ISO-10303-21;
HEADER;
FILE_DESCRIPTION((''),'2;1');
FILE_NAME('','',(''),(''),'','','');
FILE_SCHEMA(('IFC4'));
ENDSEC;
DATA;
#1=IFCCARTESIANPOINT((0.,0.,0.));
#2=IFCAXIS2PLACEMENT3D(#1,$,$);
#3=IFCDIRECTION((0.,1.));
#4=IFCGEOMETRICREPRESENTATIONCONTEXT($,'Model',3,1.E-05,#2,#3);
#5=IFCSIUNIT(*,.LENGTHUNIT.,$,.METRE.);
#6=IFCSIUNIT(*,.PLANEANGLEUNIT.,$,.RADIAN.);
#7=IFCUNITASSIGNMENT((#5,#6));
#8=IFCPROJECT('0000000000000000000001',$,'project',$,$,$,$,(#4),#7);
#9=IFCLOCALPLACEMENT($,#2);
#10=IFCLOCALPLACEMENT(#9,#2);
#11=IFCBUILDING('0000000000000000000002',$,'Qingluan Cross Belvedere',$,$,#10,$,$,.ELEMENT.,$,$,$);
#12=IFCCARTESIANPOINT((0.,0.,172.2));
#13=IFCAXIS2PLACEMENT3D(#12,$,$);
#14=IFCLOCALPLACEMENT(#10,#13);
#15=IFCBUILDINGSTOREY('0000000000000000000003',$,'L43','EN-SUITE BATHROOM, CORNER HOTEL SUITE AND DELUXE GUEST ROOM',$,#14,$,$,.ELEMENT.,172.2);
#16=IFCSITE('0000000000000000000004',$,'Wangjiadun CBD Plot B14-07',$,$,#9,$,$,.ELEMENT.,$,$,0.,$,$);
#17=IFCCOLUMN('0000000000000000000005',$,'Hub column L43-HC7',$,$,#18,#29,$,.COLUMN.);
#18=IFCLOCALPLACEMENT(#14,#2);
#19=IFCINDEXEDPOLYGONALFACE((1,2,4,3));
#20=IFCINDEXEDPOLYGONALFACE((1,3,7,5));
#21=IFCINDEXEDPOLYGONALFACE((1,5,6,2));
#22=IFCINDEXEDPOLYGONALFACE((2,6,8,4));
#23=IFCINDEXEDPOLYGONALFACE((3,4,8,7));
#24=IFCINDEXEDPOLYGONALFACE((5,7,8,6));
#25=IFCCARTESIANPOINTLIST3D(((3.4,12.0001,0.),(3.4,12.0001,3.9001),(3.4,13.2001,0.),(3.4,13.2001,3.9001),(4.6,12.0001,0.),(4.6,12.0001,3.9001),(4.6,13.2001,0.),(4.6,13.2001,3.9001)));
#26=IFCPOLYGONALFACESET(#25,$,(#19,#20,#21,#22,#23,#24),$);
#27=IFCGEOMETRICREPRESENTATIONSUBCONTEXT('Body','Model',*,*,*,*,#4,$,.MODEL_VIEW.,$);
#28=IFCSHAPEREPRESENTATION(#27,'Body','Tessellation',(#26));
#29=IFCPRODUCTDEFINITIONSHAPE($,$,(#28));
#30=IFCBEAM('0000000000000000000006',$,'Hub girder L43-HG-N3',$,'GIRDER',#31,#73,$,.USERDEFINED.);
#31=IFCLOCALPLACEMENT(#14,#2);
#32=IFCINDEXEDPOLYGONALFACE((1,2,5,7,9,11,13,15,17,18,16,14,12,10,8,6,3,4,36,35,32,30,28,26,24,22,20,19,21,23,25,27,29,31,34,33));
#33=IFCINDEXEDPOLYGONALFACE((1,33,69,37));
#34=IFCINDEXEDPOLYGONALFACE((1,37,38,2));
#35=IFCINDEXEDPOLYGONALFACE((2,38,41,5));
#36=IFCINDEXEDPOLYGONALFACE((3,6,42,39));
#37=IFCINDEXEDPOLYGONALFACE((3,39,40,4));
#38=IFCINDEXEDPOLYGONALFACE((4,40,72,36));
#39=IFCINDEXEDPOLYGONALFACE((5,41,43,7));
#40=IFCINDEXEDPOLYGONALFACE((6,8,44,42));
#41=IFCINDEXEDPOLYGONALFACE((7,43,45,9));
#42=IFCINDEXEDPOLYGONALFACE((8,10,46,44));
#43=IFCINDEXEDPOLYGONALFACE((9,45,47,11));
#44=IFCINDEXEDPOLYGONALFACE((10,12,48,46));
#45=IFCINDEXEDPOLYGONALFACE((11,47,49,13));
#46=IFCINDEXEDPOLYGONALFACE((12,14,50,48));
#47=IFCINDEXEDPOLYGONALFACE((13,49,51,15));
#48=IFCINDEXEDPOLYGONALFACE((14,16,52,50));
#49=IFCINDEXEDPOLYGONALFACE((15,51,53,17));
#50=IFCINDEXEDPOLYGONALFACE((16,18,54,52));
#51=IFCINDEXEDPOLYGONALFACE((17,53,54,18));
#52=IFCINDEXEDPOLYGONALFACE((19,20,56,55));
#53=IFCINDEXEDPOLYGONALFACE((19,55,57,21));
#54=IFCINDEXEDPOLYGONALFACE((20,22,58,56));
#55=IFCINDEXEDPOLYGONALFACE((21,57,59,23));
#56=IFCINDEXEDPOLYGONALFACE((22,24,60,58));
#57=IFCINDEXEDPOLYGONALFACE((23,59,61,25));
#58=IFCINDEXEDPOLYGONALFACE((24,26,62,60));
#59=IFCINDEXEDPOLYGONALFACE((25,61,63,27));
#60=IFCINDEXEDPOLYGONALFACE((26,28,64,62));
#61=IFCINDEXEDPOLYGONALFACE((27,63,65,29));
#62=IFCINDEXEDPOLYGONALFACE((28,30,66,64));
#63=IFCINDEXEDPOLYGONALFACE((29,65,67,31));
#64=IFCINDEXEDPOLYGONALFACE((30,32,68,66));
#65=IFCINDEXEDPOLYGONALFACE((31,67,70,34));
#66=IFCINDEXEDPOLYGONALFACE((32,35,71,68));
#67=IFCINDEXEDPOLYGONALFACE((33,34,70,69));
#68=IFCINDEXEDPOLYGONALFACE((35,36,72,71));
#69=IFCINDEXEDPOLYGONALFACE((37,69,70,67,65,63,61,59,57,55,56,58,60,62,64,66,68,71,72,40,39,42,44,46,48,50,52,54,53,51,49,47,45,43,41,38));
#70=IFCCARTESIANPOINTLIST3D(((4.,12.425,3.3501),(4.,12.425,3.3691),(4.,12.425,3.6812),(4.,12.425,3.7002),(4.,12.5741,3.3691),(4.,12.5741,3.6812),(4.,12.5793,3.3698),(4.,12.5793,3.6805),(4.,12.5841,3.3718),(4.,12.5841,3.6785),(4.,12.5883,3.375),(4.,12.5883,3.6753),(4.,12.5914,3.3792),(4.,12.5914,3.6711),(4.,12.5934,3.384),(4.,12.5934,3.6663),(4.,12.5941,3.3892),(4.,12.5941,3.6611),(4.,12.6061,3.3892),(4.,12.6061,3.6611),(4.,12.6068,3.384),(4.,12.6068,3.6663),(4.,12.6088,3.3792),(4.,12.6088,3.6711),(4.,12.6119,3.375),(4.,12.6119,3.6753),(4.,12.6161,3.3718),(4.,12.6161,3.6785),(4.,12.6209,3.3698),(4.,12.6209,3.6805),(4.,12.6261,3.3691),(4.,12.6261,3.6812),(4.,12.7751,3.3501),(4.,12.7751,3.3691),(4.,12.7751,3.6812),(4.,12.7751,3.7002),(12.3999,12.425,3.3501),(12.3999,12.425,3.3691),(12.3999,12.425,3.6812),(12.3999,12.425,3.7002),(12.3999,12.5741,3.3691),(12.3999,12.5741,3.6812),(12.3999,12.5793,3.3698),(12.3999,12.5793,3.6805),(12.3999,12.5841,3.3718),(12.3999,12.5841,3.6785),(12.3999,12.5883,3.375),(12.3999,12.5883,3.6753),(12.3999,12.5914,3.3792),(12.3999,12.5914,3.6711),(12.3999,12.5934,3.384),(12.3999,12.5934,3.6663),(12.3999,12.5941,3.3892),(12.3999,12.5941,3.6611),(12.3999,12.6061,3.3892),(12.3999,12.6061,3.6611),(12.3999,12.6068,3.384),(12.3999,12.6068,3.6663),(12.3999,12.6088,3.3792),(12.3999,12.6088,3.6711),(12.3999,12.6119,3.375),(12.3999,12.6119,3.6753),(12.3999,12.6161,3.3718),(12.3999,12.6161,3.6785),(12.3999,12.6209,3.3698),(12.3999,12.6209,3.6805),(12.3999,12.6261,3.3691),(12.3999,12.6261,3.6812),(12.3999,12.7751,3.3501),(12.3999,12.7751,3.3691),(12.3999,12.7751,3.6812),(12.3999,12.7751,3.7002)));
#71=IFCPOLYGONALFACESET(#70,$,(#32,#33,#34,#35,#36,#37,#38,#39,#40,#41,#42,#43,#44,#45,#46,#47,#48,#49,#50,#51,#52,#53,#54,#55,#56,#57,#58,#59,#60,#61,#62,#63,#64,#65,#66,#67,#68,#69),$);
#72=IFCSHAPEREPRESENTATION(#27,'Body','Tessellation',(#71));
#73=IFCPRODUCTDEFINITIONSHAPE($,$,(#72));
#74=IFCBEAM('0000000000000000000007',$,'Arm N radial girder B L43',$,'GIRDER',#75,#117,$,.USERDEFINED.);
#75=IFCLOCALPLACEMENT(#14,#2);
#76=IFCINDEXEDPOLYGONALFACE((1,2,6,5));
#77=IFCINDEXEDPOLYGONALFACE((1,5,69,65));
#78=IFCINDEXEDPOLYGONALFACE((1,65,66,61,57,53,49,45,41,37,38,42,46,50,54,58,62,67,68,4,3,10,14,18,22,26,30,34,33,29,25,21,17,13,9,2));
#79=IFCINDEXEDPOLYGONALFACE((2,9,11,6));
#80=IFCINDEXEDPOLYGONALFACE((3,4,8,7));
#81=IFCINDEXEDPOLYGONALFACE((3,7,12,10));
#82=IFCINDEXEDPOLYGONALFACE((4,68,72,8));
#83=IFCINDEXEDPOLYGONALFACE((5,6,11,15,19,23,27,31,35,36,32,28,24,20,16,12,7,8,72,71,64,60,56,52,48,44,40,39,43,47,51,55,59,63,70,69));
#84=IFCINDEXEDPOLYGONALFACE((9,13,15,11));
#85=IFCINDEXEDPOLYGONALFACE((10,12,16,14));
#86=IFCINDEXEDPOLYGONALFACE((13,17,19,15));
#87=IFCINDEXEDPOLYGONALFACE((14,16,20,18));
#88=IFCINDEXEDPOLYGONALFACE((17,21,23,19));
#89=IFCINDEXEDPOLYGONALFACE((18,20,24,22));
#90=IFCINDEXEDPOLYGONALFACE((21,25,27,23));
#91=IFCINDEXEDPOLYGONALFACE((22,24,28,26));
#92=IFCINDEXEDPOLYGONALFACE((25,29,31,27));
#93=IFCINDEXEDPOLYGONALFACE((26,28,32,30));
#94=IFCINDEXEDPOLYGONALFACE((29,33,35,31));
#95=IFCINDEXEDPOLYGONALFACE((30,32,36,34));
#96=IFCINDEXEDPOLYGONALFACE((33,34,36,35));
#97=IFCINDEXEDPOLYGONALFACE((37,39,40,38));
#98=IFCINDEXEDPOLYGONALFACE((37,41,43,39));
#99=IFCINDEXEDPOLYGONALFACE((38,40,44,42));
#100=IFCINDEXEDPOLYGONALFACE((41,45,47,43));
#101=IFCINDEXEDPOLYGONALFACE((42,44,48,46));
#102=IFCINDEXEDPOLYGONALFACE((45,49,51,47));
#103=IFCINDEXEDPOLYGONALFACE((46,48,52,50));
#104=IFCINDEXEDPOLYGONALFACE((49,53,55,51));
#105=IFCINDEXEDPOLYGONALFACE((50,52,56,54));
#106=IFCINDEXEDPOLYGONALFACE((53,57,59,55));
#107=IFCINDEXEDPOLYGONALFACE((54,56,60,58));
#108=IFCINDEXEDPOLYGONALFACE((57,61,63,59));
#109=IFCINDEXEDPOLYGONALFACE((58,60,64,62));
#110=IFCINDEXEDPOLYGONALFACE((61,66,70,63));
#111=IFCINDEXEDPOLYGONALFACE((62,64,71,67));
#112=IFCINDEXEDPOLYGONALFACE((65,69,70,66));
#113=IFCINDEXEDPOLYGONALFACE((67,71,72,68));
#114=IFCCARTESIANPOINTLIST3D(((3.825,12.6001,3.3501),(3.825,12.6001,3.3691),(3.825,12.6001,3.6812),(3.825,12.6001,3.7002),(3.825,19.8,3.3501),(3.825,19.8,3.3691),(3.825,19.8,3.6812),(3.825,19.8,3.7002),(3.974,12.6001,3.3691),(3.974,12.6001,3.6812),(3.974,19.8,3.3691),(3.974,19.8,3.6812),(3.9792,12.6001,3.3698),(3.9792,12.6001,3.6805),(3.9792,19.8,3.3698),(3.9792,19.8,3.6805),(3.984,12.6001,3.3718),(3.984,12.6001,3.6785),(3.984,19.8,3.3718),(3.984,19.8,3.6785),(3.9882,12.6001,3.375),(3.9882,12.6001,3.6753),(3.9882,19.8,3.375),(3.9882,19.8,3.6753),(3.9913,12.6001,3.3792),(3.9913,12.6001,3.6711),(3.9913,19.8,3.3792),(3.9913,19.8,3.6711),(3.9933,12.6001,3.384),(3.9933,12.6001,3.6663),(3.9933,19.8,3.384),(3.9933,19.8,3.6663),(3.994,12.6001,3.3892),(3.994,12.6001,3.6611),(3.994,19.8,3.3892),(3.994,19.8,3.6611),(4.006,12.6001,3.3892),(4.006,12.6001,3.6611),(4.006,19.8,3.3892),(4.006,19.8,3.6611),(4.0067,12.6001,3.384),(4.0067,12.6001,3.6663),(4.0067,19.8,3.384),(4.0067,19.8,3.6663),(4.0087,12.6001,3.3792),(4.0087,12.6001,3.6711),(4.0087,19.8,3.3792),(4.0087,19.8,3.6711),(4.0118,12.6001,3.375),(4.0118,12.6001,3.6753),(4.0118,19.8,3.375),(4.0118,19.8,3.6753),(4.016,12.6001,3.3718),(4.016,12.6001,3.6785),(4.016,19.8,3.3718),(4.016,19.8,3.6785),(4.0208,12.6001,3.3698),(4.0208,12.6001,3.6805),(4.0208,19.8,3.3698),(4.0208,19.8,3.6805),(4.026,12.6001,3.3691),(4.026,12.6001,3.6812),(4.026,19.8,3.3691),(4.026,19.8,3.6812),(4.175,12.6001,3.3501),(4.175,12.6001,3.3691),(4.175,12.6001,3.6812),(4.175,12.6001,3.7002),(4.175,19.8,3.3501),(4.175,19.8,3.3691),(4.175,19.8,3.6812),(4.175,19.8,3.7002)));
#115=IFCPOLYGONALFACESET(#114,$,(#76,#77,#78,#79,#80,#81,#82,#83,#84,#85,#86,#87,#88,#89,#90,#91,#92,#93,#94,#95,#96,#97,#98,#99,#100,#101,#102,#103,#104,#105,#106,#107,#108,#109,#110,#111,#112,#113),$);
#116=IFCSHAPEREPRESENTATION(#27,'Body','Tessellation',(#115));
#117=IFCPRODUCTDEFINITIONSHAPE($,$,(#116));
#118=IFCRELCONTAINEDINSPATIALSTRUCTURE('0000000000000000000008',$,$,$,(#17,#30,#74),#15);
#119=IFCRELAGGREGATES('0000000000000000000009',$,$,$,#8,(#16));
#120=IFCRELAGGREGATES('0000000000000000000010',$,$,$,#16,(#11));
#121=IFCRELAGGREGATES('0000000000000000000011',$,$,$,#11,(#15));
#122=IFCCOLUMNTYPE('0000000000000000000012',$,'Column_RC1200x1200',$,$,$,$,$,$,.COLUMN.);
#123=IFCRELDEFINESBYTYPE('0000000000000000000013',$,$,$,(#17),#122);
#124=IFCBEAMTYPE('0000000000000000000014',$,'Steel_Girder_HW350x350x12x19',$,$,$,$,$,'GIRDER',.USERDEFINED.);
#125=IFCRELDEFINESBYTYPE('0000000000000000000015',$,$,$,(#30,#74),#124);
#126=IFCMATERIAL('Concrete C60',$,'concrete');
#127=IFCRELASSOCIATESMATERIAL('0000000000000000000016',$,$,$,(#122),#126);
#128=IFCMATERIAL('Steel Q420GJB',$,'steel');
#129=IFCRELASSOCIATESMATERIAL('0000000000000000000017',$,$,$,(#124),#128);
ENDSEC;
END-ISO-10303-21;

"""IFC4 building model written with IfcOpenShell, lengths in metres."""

from ifc_helpers import new_model, si_unit, direction, frame, origin, origin_2d, place, context, subcontext, project, spatial, rectangle, i_section, extrude, material, material_profile, profile_set, type_object, element, save


model = new_model("IFC4")

# Units and contexts
model_context = context("Model", 3, precision=1e-05, world=origin(), true_north=direction((0.0, 1.0)))
body_context = subcontext(model_context, "Body", "Model", "MODEL_VIEW")
ifc_project = project(units=[si_unit("LENGTHUNIT", "METRE"), si_unit("PLANEANGLEUNIT", "RADIAN")], contexts=[model_context])

# Site, building, storey
site_placement = place(None, origin())
site = spatial("IfcSite", under=ifc_project, at=site_placement, Name="Wangjiadun CBD Plot B14-07", CompositionType="ELEMENT", RefElevation=0.0)
building_placement = place(site_placement, origin())
building = spatial("IfcBuilding", under=site, at=building_placement, Name="Qingluan Cross Belvedere", CompositionType="ELEMENT")
storey_placement = place(building_placement, frame((0.0, 0.0, 172.2)))
storey = spatial("IfcBuildingStorey", under=building, at=storey_placement, Name="L43", Description="EN-SUITE BATHROOM, CORNER HOTEL SUITE AND DELUXE GUEST ROOM", CompositionType="ELEMENT", Elevation=172.2)

# Column
ifc_material_1 = material(Name="Concrete C60", Category="concrete")
ifc_material_profile_1 = material_profile(ifc_material_1, rectangle(XDim=1.2, YDim=1.2, at=origin_2d()), Name="RC1200x1200")
ifc_profile_set_1 = profile_set([ifc_material_profile_1], Name="Concrete C60")
column_type = type_object("IfcColumnType", Name="Column_RC1200x1200", PredefinedType="COLUMN", material=ifc_profile_set_1)
column_placement = place(storey_placement, frame((4.0, 12.6001, 0.0), z_axis=(0.0, 0.0, 1.0), x_axis=(1.0, 0.0, 0.0)))
element("IfcColumn", 1, at=column_placement, inside=storey, type_object=column_type, Name="Hub column L43-HC7", PredefinedType="COLUMN", context=body_context, shape_type="SweptSolid", body=[
    extrude(rectangle(XDim=1.2, YDim=1.2, at=origin_2d()), origin(), (0.0, 0.0, 1.0), 3.9001),
])

# Beams
ifc_material_2 = material(Name="Steel Q420GJB", Category="steel")
ifc_material_profile_2 = material_profile(ifc_material_2, i_section(OverallWidth=0.3501, OverallDepth=0.3501, WebThickness=0.012, FlangeThickness=0.019, FilletRadius=0.02, at=origin_2d()), Name="HW350x350x12x19")
ifc_profile_set_2 = profile_set([ifc_material_profile_2], Name="Steel Q420GJB")
beam_type = type_object("IfcBeamType", Name="Steel_Girder_HW350x350x12x19", ElementType="GIRDER", PredefinedType="USERDEFINED", material=ifc_profile_set_2)
beam_1_placement = place(storey_placement, frame((4.0, 12.6001, 3.5251), z_axis=(1.0, 0.0, 0.0), x_axis=(0.0, 1.0, 0.0)))
element("IfcBeam", 2, at=beam_1_placement, inside=storey, type_object=beam_type, Name="Hub girder L43-HG-N3", ObjectType="GIRDER", PredefinedType="USERDEFINED", context=body_context, shape_type="SweptSolid", body=[
    extrude(i_section(OverallWidth=0.3501, OverallDepth=0.3501, WebThickness=0.012, FlangeThickness=0.019, FilletRadius=0.02, at=origin_2d()), origin(), (0.0, 0.0, 1.0), 8.3999),
])
beam_2_placement = place(storey_placement, frame((4.0, 12.6001, 3.5251), z_axis=(0.0, 1.0, 0.0), x_axis=(-1.0, 0.0, 0.0)))
element("IfcBeam", 3, at=beam_2_placement, inside=storey, type_object=beam_type, Name="Arm N radial girder B L43", ObjectType="GIRDER", PredefinedType="USERDEFINED", context=body_context, shape_type="SweptSolid", body=[
    extrude(i_section(OverallWidth=0.3501, OverallDepth=0.3501, WebThickness=0.012, FlangeThickness=0.019, FilletRadius=0.02, at=origin_2d()), origin(), (0.0, 0.0, 1.0), 7.2),
])

save(model, "model.ifc")
